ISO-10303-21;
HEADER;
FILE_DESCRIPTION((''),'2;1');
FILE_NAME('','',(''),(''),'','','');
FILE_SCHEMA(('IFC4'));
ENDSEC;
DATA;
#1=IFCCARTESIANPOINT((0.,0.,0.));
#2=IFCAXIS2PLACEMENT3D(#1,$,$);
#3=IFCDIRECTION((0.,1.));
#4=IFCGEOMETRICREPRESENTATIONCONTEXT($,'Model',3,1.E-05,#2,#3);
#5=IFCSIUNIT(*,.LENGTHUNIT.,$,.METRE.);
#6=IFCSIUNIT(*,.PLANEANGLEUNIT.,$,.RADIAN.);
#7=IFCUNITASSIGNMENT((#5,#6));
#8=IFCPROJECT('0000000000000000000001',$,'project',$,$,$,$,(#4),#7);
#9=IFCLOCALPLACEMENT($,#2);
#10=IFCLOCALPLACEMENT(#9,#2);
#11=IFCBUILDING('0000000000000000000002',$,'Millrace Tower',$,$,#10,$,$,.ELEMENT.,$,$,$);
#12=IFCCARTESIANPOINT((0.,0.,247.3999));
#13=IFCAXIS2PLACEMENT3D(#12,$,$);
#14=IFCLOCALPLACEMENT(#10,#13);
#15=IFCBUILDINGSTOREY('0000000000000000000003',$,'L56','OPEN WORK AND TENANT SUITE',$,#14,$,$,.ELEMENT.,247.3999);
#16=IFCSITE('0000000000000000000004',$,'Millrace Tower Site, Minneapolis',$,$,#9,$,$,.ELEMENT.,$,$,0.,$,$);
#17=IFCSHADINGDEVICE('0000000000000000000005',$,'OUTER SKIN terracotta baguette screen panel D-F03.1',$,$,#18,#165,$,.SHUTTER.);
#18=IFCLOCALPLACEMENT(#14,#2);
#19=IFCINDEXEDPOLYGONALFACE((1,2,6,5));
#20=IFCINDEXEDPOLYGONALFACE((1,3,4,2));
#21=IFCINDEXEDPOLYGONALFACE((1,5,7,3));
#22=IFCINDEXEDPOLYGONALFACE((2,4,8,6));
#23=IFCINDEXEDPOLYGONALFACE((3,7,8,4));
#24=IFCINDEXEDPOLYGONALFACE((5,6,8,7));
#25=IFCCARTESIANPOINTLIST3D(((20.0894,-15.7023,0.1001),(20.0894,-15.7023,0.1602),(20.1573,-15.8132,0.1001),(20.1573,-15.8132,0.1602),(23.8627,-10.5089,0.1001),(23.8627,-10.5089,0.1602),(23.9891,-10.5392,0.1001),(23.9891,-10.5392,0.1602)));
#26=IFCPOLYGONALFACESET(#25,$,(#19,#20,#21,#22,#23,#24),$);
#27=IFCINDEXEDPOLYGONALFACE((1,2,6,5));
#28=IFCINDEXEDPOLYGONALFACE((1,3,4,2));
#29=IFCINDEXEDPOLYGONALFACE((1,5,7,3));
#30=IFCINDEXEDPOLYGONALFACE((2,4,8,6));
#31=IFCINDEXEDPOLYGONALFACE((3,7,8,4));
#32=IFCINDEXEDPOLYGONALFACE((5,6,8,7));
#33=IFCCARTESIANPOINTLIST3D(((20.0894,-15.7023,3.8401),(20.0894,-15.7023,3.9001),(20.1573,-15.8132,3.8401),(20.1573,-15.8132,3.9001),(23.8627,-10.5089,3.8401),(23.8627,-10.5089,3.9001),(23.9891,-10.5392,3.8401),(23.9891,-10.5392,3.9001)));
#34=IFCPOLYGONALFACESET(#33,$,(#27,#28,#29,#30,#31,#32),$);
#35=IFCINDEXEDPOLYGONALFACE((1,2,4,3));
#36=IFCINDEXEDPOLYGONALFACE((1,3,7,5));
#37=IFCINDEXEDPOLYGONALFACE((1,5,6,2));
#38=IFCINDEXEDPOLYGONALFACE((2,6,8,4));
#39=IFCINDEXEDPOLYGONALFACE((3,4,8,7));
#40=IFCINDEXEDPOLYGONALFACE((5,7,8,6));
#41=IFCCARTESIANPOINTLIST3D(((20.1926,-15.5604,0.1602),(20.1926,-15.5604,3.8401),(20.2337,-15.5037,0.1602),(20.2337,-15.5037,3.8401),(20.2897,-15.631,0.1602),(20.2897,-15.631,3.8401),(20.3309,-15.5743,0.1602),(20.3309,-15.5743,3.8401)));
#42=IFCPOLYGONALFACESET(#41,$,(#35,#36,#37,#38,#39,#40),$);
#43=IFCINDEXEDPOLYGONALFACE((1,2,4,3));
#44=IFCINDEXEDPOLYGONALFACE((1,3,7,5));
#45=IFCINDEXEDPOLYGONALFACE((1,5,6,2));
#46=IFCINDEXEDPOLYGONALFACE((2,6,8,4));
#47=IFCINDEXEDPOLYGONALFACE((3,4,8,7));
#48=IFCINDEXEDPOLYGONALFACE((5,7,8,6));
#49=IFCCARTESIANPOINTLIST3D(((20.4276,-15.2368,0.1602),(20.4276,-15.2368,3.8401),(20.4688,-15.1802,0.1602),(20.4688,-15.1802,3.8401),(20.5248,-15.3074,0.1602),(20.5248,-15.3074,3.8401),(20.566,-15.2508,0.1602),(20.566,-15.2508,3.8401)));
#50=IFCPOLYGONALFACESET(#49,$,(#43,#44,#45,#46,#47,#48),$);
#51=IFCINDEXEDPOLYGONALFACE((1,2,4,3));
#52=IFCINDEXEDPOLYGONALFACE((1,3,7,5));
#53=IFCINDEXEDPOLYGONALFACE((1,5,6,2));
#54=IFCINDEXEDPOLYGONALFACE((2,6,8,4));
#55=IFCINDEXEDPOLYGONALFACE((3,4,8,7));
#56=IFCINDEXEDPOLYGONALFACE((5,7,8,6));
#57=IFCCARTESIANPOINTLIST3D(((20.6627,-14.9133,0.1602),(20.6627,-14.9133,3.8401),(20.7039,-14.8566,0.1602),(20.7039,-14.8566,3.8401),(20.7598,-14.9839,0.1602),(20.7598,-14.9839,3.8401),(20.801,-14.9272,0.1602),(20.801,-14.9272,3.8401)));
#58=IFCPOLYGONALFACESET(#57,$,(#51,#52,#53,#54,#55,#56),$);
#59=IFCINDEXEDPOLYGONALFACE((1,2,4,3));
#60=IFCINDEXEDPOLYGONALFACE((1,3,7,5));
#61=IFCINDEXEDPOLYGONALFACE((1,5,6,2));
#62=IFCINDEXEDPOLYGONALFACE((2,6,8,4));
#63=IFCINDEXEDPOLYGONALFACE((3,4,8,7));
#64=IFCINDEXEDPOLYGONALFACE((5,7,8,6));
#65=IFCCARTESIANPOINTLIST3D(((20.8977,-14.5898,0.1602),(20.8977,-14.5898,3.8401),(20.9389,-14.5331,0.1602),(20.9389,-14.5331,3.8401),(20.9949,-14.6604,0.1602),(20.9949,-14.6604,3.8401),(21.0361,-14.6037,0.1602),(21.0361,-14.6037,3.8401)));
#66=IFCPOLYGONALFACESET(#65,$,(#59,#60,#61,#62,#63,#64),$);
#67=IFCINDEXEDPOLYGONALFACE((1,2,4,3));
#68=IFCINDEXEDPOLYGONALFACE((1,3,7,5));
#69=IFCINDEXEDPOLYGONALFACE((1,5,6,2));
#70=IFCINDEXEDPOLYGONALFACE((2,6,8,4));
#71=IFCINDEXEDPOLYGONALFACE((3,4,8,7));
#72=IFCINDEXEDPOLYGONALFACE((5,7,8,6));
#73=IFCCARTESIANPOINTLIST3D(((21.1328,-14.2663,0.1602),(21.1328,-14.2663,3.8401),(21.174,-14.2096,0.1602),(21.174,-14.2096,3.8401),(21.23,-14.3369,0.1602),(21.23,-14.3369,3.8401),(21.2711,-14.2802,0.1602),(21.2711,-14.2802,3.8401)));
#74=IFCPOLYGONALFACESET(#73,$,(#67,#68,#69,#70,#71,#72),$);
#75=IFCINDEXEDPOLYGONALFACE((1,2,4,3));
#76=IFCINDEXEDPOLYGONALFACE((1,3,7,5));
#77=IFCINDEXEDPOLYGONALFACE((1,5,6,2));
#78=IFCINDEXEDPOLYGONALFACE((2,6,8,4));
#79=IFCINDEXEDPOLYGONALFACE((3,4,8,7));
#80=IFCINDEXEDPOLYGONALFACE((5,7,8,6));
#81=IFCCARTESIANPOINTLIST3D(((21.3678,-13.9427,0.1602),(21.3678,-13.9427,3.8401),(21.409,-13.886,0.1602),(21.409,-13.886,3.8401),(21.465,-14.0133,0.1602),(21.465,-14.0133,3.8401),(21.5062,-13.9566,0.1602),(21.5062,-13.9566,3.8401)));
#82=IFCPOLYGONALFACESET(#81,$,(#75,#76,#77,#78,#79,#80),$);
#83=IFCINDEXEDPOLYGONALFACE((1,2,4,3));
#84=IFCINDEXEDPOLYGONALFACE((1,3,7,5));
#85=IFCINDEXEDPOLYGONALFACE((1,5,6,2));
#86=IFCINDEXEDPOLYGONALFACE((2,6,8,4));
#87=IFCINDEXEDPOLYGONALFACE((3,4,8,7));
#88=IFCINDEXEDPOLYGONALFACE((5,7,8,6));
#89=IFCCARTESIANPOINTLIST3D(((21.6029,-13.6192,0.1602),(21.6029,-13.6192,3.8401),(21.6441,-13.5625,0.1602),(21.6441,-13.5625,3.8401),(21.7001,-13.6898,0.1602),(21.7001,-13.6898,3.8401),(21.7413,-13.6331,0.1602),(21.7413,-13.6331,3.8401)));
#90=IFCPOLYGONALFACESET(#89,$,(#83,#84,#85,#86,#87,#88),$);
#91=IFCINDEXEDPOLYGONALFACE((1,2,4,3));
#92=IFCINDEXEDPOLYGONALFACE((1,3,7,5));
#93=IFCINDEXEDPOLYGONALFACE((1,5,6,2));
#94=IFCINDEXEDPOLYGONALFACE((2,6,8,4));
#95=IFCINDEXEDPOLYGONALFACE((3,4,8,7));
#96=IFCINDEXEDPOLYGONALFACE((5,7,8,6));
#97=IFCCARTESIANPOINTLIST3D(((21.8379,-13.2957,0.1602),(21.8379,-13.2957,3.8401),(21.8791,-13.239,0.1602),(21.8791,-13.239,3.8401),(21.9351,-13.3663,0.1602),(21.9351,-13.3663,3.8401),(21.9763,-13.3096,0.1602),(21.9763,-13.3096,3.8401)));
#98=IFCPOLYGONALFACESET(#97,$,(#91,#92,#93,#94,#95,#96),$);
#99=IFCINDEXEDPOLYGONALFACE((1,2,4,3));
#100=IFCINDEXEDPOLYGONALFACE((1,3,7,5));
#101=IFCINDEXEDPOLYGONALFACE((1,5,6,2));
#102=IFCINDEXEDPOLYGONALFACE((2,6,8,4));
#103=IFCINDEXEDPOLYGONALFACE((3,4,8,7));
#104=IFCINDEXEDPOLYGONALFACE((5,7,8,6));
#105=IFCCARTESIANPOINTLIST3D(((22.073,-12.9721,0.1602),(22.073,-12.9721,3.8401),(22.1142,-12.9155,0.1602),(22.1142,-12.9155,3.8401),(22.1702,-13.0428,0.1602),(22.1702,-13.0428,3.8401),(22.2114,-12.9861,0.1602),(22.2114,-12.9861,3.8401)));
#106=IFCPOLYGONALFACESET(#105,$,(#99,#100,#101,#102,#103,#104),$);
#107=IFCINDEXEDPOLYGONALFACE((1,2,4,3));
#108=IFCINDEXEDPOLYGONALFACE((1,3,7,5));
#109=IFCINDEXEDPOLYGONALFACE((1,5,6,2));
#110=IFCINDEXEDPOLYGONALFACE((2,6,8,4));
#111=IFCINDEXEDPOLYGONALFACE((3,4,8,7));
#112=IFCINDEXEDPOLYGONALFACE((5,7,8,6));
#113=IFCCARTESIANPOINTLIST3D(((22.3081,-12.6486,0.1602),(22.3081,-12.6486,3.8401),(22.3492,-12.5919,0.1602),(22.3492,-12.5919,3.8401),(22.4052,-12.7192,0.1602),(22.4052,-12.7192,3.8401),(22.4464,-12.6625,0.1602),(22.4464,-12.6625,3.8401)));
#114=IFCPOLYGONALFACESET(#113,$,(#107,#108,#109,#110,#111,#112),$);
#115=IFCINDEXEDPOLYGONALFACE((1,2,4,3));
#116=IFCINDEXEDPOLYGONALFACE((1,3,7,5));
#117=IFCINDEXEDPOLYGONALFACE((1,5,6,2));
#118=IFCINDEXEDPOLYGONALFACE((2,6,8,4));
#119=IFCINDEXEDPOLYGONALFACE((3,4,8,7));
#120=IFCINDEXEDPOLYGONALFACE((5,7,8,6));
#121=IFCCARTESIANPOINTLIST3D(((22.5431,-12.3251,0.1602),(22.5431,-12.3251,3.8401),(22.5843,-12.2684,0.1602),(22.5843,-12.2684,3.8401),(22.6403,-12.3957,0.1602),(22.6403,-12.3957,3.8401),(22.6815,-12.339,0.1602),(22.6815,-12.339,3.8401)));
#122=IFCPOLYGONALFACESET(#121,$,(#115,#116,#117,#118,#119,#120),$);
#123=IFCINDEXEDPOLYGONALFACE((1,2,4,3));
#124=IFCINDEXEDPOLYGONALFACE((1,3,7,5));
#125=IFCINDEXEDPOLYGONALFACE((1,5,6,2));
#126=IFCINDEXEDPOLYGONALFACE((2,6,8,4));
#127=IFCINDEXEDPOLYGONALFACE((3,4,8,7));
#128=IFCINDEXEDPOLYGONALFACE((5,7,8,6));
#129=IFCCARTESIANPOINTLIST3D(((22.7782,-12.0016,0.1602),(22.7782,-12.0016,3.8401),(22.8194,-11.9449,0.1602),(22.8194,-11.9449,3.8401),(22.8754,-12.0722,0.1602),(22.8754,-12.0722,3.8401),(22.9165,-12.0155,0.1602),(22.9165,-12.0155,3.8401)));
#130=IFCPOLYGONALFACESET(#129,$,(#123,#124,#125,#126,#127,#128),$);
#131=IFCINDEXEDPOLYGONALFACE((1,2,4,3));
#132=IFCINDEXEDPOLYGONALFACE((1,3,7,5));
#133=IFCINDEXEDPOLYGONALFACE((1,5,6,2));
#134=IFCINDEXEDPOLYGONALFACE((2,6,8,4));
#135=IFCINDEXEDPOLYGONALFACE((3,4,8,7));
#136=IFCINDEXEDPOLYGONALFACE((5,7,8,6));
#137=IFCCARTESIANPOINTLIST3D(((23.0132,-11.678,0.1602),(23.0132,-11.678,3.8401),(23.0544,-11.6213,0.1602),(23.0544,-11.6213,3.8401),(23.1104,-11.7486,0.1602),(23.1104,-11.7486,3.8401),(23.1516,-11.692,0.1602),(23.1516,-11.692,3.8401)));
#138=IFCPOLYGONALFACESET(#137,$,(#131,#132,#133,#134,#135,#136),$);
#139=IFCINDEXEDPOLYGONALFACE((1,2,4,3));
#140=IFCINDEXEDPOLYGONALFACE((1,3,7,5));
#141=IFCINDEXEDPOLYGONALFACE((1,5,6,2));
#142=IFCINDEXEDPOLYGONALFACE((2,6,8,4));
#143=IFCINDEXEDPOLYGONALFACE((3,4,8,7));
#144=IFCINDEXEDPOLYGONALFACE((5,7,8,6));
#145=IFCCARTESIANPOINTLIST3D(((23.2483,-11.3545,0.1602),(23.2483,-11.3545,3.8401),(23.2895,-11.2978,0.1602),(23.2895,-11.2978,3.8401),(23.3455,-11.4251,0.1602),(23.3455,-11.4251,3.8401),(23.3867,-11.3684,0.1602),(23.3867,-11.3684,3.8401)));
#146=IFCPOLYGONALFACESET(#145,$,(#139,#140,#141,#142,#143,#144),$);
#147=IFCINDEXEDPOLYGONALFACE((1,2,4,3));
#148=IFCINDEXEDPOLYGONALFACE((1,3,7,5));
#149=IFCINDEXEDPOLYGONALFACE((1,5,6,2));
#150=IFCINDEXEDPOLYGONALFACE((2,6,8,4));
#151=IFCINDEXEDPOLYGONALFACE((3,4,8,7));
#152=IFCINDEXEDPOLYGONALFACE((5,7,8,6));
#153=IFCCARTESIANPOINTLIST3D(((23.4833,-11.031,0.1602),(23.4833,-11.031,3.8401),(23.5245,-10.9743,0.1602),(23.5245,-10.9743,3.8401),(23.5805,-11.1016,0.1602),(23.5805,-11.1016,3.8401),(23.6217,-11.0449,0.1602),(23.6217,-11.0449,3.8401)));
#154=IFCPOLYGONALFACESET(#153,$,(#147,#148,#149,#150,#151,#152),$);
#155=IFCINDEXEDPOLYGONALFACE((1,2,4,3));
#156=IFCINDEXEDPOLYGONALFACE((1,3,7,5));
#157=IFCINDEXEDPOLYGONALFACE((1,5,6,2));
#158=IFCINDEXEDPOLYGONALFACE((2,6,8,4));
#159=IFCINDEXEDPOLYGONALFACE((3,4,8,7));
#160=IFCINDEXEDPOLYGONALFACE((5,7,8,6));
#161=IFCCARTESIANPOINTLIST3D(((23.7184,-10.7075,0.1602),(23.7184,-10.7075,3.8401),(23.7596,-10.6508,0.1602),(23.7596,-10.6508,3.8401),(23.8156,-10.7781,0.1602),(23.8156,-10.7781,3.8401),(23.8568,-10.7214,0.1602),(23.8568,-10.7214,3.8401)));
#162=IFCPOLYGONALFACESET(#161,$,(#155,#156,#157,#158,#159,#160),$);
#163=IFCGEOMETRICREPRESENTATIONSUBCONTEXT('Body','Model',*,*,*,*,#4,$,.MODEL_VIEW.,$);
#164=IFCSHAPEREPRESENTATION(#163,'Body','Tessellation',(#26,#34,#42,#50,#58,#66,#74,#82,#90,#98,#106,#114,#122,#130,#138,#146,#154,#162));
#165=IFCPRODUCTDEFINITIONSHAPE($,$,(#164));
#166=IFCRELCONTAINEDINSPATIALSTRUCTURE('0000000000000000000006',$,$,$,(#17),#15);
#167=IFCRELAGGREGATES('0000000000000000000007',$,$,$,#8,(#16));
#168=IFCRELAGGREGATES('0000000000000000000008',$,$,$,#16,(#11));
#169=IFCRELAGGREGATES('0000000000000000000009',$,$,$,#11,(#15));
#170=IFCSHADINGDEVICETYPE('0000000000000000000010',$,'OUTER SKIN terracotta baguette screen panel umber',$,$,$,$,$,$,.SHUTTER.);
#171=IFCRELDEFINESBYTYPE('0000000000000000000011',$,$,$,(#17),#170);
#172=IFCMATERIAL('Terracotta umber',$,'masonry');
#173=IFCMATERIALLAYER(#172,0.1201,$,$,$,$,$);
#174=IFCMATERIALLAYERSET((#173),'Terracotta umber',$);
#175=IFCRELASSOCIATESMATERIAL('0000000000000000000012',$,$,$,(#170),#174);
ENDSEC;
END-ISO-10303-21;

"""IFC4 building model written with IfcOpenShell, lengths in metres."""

from ifc_helpers import new_model, entity, si_unit, direction, frame, frame_2d, origin, place, context, subcontext, project, spatial, rectangle, extrude, source, transform, mapped, material, layer, layer_set, type_object, element, save


model = new_model("IFC4")

# Units and contexts
model_context = context("Model", 3, precision=1e-05, world=origin(), true_north=direction((0.0, 1.0)))
body_context = subcontext(model_context, "Body", "Model", "MODEL_VIEW")
ifc_project = project(units=[si_unit("LENGTHUNIT", "METRE"), si_unit("PLANEANGLEUNIT", "RADIAN")], contexts=[model_context])

# Site, building, storey
site_placement = place(None, origin())
site = spatial("IfcSite", under=ifc_project, at=site_placement, Name="Millrace Tower Site, Minneapolis", CompositionType="ELEMENT", RefElevation=0.0)
building_placement = place(site_placement, origin())
building = spatial("IfcBuilding", under=site, at=building_placement, Name="Millrace Tower", CompositionType="ELEMENT")
storey_placement = place(building_placement, frame((0.0, 0.0, 247.3999)))
storey = spatial("IfcBuildingStorey", under=building, at=storey_placement, Name="L56", Description="OPEN WORK AND TENANT SUITE", CompositionType="ELEMENT", Elevation=247.3999)

# Shading device
ifc_material_1 = material(Name="Terracotta umber", Category="masonry")
ifc_layer_1 = layer(ifc_material_1, 0.1201)
ifc_layer_set_1 = layer_set([ifc_layer_1], Name="Terracotta umber")
shading_device_type = type_object("IfcShadingDeviceType", Name="OUTER SKIN terracotta baguette screen panel umber", PredefinedType="SHUTTER", material=ifc_layer_set_1)
cartesian_point_1 = entity("IfcCartesianPoint", [-3.2097, 0.0601])
shared_polyline_1 = entity("IfcPolyline", [cartesian_point_1, entity("IfcCartesianPoint", [3.2097, 0.0601]), entity("IfcCartesianPoint", [3.2595, -0.0601]), entity("IfcCartesianPoint", [-3.2595, -0.0601]), cartesian_point_1])
shared_shape_1 = source(origin(), body_context, "Body", "SweptSolid", [
    entity("IfcExtrudedAreaSolid", entity("IfcArbitraryClosedProfileDef", "AREA", None, shared_polyline_1), entity("IfcAxis2Placement3D", entity("IfcCartesianPoint", [0.0, 0.0, 0.0])), entity("IfcDirection", [0.0, 0.0, 1.0]), 0.0601),
    entity("IfcExtrudedAreaSolid", entity("IfcArbitraryClosedProfileDef", "AREA", None, shared_polyline_1), entity("IfcAxis2Placement3D", entity("IfcCartesianPoint", [0.0, 0.0, 3.74])), entity("IfcDirection", [0.0, 0.0, 1.0]), 0.0601),
    extrude(rectangle(XDim=0.0701, YDim=0.1201, at=frame_2d((-2.9993, 0.0))), frame((0.0, 0.0, 0.0601)), (0.0, 0.0, 1.0), 3.6799),
    extrude(rectangle(XDim=0.0701, YDim=0.1201, at=frame_2d((-2.5994, 0.0))), frame((0.0, 0.0, 0.0601)), (0.0, 0.0, 1.0), 3.6799),
    extrude(rectangle(XDim=0.0701, YDim=0.1201, at=frame_2d((-2.1995, 0.0))), frame((0.0, 0.0, 0.0601)), (0.0, 0.0, 1.0), 3.6799),
    extrude(rectangle(XDim=0.0701, YDim=0.1201, at=frame_2d((-1.7996, 0.0))), frame((0.0, 0.0, 0.0601)), (0.0, 0.0, 1.0), 3.6799),
    extrude(rectangle(XDim=0.0701, YDim=0.1201, at=frame_2d((-1.3997, 0.0))), frame((0.0, 0.0, 0.0601)), (0.0, 0.0, 1.0), 3.6799),
    extrude(rectangle(XDim=0.0701, YDim=0.1201, at=frame_2d((-0.9998, 0.0))), frame((0.0, 0.0, 0.0601)), (0.0, 0.0, 1.0), 3.6799),
    extrude(rectangle(XDim=0.0701, YDim=0.1201, at=frame_2d((-0.5999, 0.0))), frame((0.0, 0.0, 0.0601)), (0.0, 0.0, 1.0), 3.6799),
    extrude(rectangle(XDim=0.0701, YDim=0.1201, at=frame_2d((-0.2, 0.0))), frame((0.0, 0.0, 0.0601)), (0.0, 0.0, 1.0), 3.6799),
    extrude(rectangle(XDim=0.0701, YDim=0.1201, at=frame_2d((0.2, 0.0))), frame((0.0, 0.0, 0.0601)), (0.0, 0.0, 1.0), 3.6799),
    extrude(rectangle(XDim=0.0701, YDim=0.1201, at=frame_2d((0.5999, 0.0))), frame((0.0, 0.0, 0.0601)), (0.0, 0.0, 1.0), 3.6799),
    extrude(rectangle(XDim=0.0701, YDim=0.1201, at=frame_2d((0.9998, 0.0))), frame((0.0, 0.0, 0.0601)), (0.0, 0.0, 1.0), 3.6799),
    extrude(rectangle(XDim=0.0701, YDim=0.1201, at=frame_2d((1.3997, 0.0))), frame((0.0, 0.0, 0.0601)), (0.0, 0.0, 1.0), 3.6799),
    extrude(rectangle(XDim=0.0701, YDim=0.1201, at=frame_2d((1.7996, 0.0))), frame((0.0, 0.0, 0.0601)), (0.0, 0.0, 1.0), 3.6799),
    extrude(rectangle(XDim=0.0701, YDim=0.1201, at=frame_2d((2.1995, 0.0))), frame((0.0, 0.0, 0.0601)), (0.0, 0.0, 1.0), 3.6799),
    extrude(rectangle(XDim=0.0701, YDim=0.1201, at=frame_2d((2.5994, 0.0))), frame((0.0, 0.0, 0.0601)), (0.0, 0.0, 1.0), 3.6799),
    extrude(rectangle(XDim=0.0701, YDim=0.1201, at=frame_2d((2.9993, 0.0))), frame((0.0, 0.0, 0.0601)), (0.0, 0.0, 1.0), 3.6799),
])
shading_device_1_placement = place(storey_placement, frame((22.0247, -13.1409, 0.1001), z_axis=(0.0, 0.0, 1.0), x_axis=(0.587785, 0.809017, 0.0)))
element("IfcShadingDevice", 1, at=shading_device_1_placement, inside=storey, type_object=shading_device_type, Name="OUTER SKIN terracotta baguette screen panel D-F03.1", PredefinedType="SHUTTER", context=body_context, shape_type="MappedRepresentation", body=[
    mapped(shared_shape_1, transform((0.0, 0.0, 0.0), scale=1.0)),
])

save(model, "model.ifc")
